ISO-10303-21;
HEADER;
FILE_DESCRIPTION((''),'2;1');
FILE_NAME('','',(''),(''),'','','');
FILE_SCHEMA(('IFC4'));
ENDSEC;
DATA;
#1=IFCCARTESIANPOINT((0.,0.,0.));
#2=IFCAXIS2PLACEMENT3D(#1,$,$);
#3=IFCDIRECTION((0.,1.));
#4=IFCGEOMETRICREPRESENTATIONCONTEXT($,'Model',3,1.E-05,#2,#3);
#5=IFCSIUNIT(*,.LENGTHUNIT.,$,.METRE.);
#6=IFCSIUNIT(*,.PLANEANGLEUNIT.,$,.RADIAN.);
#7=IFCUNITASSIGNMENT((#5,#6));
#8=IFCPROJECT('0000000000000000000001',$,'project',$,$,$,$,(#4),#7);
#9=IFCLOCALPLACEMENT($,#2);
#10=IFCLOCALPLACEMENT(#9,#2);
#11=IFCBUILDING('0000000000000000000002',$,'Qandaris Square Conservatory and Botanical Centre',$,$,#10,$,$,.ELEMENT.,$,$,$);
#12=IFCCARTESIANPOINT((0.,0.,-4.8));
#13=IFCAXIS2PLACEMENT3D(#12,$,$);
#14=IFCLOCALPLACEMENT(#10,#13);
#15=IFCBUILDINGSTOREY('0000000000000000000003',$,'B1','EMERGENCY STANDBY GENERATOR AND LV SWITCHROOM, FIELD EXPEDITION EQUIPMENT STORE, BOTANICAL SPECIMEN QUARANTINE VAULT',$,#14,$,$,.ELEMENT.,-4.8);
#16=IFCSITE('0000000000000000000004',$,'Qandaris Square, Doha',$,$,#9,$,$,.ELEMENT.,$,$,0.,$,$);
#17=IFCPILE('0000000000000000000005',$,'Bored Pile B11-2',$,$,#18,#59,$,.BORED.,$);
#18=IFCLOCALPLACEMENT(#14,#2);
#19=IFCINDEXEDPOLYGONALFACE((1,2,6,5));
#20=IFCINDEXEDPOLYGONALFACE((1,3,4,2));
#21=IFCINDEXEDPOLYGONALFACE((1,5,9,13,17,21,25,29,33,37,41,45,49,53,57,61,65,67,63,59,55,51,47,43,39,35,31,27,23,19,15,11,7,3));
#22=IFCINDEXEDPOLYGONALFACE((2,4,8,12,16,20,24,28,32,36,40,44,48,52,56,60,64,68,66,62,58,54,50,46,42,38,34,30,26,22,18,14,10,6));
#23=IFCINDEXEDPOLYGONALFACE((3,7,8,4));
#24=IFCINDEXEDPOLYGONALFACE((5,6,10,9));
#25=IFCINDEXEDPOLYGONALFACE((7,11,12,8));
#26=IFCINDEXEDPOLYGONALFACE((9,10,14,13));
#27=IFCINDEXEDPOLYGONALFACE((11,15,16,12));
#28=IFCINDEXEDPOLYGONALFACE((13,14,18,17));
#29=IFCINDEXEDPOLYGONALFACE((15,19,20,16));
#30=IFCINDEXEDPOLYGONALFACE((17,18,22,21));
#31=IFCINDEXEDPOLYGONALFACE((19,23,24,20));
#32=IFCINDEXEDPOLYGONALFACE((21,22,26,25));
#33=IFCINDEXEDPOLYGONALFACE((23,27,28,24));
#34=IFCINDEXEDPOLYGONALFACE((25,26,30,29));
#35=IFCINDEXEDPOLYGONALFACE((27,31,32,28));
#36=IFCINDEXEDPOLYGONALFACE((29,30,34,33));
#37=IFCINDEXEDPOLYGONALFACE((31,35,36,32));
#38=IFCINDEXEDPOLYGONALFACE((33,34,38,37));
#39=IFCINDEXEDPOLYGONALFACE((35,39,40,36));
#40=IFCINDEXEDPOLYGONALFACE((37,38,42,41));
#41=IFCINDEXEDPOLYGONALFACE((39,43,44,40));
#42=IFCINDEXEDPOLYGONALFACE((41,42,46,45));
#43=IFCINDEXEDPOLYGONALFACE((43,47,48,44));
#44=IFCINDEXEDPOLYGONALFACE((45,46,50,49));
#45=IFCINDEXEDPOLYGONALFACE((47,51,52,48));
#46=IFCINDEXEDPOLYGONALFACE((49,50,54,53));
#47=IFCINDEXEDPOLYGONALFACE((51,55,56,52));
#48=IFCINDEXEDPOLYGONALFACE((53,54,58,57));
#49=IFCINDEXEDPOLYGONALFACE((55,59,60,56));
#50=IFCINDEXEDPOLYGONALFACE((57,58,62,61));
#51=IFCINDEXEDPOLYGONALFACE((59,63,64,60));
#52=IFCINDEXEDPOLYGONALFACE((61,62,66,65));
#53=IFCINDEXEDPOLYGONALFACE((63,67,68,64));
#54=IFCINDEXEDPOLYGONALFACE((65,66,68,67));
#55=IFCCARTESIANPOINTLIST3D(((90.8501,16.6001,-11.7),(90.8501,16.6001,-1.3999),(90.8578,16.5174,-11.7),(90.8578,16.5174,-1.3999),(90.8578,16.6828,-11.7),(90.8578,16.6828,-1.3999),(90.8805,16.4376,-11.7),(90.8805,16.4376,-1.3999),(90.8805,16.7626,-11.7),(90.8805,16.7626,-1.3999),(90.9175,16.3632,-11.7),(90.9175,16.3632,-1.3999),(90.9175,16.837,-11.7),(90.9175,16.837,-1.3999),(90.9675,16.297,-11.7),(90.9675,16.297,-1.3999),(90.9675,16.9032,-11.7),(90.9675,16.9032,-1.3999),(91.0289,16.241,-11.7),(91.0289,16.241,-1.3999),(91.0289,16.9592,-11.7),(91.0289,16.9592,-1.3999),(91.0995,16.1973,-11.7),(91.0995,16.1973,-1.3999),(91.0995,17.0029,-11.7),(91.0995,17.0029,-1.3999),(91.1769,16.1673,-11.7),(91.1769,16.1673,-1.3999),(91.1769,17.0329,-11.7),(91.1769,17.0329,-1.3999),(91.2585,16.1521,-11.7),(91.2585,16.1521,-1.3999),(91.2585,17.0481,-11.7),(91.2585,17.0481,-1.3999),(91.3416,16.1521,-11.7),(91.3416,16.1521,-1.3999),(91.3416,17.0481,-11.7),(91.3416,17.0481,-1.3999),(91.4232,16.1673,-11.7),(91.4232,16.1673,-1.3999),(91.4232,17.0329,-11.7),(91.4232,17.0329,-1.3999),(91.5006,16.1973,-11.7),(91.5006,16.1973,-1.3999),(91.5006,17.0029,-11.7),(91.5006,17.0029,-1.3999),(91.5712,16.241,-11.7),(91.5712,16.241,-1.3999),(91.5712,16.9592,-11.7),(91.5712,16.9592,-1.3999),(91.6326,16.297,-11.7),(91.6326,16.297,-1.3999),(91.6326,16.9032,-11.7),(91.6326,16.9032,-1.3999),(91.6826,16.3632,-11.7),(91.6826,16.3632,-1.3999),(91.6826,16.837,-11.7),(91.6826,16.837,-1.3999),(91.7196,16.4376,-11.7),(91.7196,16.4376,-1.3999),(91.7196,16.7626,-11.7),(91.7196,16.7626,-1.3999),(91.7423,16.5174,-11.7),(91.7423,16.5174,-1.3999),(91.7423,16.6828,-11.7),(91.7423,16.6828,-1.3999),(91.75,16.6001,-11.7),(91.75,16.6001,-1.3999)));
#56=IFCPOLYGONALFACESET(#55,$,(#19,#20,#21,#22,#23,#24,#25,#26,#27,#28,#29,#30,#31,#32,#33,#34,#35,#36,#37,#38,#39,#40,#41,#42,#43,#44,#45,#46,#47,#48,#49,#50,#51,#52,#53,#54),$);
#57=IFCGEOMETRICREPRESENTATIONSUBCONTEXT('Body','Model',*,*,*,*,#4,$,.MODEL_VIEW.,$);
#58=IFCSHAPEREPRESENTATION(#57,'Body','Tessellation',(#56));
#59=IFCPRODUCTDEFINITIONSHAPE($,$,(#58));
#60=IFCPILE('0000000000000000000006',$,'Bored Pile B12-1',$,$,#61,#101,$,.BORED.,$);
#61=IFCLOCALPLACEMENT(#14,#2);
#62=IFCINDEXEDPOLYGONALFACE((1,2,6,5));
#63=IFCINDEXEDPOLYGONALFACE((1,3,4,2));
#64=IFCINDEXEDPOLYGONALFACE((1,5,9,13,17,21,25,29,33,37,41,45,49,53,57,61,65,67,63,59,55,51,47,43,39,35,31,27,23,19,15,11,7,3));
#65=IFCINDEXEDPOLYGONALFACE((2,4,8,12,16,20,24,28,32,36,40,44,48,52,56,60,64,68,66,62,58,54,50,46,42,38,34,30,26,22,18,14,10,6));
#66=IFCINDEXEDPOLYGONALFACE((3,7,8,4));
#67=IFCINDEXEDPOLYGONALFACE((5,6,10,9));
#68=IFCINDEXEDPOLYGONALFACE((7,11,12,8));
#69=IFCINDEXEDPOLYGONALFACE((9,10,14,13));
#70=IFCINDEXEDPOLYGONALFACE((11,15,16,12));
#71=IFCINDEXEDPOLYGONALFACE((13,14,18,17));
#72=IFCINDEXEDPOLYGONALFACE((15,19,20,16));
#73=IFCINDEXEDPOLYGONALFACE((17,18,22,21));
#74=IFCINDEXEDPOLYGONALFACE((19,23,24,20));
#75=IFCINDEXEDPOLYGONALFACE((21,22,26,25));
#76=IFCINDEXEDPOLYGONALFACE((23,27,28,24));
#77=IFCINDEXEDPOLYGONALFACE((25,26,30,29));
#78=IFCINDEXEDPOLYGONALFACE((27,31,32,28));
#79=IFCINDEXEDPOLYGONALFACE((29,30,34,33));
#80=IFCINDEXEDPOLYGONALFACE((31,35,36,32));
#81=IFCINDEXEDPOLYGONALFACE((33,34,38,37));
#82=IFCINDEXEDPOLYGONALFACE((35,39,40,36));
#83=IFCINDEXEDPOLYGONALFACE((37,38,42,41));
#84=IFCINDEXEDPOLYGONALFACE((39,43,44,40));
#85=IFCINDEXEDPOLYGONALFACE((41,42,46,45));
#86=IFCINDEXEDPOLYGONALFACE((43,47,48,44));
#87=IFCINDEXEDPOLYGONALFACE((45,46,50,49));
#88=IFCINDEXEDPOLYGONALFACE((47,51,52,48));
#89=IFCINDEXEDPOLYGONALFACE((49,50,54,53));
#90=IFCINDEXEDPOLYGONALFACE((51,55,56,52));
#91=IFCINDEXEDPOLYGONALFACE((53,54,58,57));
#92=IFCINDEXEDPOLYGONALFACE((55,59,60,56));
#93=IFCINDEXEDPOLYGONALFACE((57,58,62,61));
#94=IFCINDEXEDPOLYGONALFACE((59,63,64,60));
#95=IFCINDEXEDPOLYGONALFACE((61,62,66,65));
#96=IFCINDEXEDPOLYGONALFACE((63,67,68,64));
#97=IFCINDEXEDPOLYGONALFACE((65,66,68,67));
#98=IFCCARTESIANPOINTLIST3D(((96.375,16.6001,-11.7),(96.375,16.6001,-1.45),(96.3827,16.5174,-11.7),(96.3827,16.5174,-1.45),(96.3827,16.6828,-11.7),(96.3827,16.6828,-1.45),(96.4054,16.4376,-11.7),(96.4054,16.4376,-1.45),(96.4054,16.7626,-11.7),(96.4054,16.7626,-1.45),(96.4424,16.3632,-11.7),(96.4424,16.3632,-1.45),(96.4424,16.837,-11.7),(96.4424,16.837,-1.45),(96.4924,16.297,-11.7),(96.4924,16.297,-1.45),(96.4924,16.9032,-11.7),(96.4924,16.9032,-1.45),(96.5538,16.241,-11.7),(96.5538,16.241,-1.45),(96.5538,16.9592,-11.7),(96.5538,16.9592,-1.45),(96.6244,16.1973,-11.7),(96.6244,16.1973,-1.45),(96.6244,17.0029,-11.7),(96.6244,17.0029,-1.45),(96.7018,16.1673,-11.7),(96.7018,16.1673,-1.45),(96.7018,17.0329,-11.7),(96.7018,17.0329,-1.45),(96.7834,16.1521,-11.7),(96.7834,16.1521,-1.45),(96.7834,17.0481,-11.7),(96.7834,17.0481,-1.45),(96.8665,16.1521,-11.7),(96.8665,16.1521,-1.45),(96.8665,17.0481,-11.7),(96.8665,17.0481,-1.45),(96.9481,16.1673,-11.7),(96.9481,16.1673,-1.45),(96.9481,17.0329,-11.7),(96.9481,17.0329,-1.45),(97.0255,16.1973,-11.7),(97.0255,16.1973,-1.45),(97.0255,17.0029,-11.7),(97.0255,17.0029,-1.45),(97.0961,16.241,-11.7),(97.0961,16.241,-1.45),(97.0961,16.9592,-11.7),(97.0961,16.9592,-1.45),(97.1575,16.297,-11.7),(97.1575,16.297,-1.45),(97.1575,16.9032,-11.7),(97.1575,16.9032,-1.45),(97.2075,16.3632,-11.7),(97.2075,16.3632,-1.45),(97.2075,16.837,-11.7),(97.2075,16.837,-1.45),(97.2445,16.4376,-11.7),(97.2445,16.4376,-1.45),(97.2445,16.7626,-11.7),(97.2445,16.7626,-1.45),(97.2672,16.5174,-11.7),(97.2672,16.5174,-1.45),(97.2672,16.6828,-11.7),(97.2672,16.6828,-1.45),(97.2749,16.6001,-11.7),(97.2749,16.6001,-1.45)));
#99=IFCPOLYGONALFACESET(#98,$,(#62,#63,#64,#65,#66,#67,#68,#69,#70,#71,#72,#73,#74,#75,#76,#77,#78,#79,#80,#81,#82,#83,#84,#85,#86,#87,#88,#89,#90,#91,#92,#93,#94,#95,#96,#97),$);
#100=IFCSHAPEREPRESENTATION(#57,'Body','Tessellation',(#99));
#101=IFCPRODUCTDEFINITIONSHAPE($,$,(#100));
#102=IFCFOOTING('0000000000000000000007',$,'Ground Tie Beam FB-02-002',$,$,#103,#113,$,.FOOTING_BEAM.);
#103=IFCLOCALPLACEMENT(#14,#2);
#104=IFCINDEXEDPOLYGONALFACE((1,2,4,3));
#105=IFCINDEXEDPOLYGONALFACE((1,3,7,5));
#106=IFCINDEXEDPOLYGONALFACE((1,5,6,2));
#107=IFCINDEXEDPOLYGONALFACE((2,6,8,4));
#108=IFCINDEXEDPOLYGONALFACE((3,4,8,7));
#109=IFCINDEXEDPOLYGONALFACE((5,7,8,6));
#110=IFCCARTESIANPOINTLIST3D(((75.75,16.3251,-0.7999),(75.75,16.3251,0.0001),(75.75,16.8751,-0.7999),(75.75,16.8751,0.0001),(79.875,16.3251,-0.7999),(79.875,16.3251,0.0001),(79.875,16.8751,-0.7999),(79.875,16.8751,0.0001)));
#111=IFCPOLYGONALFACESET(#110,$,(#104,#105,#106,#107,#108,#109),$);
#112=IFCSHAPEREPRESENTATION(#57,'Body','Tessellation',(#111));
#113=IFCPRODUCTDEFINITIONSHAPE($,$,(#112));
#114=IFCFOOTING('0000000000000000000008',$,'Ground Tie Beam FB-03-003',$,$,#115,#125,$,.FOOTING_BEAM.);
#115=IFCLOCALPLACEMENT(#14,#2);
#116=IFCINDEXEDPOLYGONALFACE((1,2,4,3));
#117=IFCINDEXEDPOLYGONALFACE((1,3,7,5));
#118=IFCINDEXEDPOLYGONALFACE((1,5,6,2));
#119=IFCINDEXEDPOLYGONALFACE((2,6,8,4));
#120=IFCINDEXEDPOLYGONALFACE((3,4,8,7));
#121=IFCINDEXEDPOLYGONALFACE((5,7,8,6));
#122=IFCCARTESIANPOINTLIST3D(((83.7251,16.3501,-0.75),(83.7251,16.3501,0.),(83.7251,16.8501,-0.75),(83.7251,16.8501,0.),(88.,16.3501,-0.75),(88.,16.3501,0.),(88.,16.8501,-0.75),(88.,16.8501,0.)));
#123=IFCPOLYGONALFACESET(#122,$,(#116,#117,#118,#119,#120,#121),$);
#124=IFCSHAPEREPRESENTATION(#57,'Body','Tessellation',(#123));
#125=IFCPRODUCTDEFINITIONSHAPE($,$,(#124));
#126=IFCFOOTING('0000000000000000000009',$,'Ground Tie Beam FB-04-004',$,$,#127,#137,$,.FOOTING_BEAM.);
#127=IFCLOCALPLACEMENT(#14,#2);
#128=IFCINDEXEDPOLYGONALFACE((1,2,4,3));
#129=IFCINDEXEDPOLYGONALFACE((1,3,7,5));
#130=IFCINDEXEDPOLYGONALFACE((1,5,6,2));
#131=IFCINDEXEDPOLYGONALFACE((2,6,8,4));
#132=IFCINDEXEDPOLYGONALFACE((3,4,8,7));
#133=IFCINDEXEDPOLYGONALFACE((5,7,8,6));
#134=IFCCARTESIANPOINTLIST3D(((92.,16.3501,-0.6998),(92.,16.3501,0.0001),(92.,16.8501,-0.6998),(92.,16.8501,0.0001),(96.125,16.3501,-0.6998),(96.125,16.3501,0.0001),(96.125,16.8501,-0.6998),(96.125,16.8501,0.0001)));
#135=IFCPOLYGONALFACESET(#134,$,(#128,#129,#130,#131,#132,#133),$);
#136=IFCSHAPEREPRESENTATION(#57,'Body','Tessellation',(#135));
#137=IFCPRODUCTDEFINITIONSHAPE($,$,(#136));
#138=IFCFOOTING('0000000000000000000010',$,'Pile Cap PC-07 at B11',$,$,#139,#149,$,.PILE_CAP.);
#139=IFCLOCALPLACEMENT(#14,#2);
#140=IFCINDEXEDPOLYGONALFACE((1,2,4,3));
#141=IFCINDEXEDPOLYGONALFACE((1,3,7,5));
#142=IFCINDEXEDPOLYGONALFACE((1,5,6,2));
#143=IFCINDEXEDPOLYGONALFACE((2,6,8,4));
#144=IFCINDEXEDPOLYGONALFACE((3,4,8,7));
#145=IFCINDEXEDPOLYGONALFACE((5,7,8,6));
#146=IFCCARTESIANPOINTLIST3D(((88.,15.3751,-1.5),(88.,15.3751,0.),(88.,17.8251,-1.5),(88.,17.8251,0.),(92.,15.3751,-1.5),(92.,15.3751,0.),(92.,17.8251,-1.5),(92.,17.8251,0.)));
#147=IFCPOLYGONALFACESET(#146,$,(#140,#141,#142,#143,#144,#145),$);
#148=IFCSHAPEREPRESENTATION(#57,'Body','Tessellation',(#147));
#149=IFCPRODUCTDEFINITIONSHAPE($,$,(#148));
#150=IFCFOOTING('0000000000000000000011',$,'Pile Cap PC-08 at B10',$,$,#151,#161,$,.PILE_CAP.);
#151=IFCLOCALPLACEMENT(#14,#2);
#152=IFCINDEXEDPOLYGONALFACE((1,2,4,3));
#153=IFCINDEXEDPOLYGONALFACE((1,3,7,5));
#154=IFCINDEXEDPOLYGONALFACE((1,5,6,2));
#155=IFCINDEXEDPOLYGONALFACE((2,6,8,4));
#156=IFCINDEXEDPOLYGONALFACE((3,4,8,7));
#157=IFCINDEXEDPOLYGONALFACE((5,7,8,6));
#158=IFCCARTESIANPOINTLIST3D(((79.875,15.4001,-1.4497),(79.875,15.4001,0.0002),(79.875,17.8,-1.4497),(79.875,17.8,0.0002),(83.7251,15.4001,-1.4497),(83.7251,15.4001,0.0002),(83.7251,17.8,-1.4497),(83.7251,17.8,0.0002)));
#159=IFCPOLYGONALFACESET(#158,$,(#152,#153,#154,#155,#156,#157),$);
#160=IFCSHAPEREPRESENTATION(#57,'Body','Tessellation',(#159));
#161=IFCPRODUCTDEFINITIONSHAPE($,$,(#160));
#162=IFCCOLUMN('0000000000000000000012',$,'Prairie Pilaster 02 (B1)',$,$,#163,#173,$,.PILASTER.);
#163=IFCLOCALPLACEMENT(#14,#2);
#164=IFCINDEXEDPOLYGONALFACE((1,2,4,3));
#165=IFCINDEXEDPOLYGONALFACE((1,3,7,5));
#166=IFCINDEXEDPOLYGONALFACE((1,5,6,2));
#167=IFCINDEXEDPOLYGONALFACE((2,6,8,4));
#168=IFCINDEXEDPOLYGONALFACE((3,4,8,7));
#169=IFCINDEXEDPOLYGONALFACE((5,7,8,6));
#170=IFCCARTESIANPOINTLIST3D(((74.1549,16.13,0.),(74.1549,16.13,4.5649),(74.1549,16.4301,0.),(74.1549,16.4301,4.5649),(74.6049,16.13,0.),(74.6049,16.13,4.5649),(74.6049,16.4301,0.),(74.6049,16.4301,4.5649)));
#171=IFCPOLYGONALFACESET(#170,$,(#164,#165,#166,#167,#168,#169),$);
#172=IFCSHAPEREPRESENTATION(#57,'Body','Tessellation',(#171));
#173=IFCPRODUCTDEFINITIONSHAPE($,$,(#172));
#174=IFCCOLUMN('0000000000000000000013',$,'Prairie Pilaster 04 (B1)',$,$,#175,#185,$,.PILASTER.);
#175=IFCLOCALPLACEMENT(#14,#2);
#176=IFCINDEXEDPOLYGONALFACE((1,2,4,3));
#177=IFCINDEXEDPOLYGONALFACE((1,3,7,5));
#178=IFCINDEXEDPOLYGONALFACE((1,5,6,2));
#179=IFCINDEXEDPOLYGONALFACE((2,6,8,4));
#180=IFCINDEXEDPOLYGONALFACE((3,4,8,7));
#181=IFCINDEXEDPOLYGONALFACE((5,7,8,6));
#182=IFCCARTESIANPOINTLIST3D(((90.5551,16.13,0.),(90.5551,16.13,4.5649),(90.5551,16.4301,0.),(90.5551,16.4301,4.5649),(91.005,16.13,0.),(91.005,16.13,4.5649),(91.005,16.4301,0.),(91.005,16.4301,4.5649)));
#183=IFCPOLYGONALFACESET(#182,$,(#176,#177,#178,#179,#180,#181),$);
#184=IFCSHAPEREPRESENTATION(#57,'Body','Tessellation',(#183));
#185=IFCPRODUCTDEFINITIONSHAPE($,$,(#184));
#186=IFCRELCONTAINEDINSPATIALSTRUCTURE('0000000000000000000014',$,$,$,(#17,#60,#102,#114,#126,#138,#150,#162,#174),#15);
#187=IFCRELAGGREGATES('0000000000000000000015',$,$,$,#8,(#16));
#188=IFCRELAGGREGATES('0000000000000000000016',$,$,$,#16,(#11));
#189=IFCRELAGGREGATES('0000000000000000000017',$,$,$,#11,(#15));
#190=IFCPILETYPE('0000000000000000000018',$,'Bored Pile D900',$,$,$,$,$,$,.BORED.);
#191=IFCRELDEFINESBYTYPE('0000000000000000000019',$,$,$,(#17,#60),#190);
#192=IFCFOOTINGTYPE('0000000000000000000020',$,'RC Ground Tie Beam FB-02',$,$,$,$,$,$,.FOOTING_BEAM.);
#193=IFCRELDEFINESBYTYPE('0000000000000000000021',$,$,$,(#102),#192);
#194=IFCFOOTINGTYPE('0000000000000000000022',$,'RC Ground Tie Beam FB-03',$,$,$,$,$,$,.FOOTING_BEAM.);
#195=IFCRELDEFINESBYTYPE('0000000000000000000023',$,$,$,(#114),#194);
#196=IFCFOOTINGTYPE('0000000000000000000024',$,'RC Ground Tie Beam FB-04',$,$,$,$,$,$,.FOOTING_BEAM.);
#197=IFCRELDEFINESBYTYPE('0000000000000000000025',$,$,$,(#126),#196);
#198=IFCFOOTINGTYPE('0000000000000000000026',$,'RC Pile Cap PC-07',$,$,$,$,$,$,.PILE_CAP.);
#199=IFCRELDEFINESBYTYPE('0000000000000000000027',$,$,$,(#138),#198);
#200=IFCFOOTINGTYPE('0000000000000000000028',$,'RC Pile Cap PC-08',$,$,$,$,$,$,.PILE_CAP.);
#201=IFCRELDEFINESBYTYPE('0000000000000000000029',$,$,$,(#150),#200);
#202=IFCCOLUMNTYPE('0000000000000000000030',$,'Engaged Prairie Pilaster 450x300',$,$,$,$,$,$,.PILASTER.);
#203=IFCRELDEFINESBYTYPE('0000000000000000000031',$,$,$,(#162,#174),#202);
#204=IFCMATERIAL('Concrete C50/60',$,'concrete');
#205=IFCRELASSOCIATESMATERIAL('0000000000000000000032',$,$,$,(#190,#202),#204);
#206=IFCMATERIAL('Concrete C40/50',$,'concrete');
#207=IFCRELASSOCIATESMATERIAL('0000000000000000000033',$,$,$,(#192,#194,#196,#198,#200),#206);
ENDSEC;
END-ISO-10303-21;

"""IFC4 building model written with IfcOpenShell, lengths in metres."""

from ifc_helpers import new_model, si_unit, direction, frame, origin, origin_2d, place, context, subcontext, project, spatial, rectangle, circle, extrude, material, material_profile, profile_set, type_object, element, save


model = new_model("IFC4")

# Units and contexts
model_context = context("Model", 3, precision=1e-05, world=origin(), true_north=direction((0.0, 1.0)))
body_context = subcontext(model_context, "Body", "Model", "MODEL_VIEW")
ifc_project = project(units=[si_unit("LENGTHUNIT", "METRE"), si_unit("PLANEANGLEUNIT", "RADIAN")], contexts=[model_context])

# Site, building, storey
site_placement = place(None, origin())
site = spatial("IfcSite", under=ifc_project, at=site_placement, Name="Qandaris Square, Doha", CompositionType="ELEMENT", RefElevation=0.0)
building_placement = place(site_placement, origin())
building = spatial("IfcBuilding", under=site, at=building_placement, Name="Qandaris Square Conservatory and Botanical Centre", CompositionType="ELEMENT")
storey_placement = place(building_placement, frame((0.0, 0.0, -4.8)))
storey = spatial("IfcBuildingStorey", under=building, at=storey_placement, Name="B1", Description="EMERGENCY STANDBY GENERATOR AND LV SWITCHROOM, FIELD EXPEDITION EQUIPMENT STORE, BOTANICAL SPECIMEN QUARANTINE VAULT", CompositionType="ELEMENT", Elevation=-4.8)

# Piles
ifc_material_1 = material(Name="Concrete C50/60", Category="concrete")
ifc_material_profile_1 = material_profile(ifc_material_1, circle(Radius=0.45, at=origin_2d()), Name="PILE D900")
ifc_profile_set_1 = profile_set([ifc_material_profile_1], Name="Concrete C50/60")
pile_type = type_object("IfcPileType", Name="Bored Pile D900", PredefinedType="BORED", material=ifc_profile_set_1)
for number, where, z_axis, x_axis, name in (
    (1, (91.3, 16.6001, -1.3999), (0.0, 0.0, -1.0), (1.0, 0.0, 0.0), "Bored Pile B11-2"),
):
    element("IfcPile", number, at=place(storey_placement, frame(where, z_axis=z_axis, x_axis=x_axis)), inside=storey, type_object=pile_type, Name=name, PredefinedType="BORED", context=body_context, shape_type="SweptSolid", body=[
        extrude(circle(Radius=0.45, at=origin_2d()), origin(), (0.0, 0.0, 1.0), 10.3),
    ])
pile_1_placement = place(storey_placement, frame((96.825, 16.6001, -1.45), z_axis=(0.0, 0.0, -1.0), x_axis=(1.0, 0.0, 0.0)))
element("IfcPile", 2, at=pile_1_placement, inside=storey, type_object=pile_type, Name="Bored Pile B12-1", PredefinedType="BORED", context=body_context, shape_type="SweptSolid", body=[
    extrude(circle(Radius=0.45, at=origin_2d()), origin(), (0.0, 0.0, 1.0), 10.25),
])

# Footings
ifc_material_2 = material(Name="Concrete C40/50", Category="concrete")
ifc_material_profile_2 = material_profile(ifc_material_2, rectangle(XDim=0.55, YDim=0.8, at=origin_2d()), Name="FB 550x800")
ifc_profile_set_2 = profile_set([ifc_material_profile_2], Name="Concrete C40/50")
footing_type_1 = type_object("IfcFootingType", Name="RC Ground Tie Beam FB-02", PredefinedType="FOOTING_BEAM", material=ifc_profile_set_2)
footing_1_placement = place(storey_placement, frame((75.75, 16.6001, -0.3999), z_axis=(1.0, 0.0, 0.0), x_axis=(0.0, 1.0, 0.0)))
element("IfcFooting", 3, at=footing_1_placement, inside=storey, type_object=footing_type_1, Name="Ground Tie Beam FB-02-002", PredefinedType="FOOTING_BEAM", context=body_context, shape_type="SweptSolid", body=[
    extrude(rectangle(XDim=0.55, YDim=0.8, at=origin_2d()), origin(), (0.0, 0.0, 1.0), 4.125),
])
ifc_material_profile_3 = material_profile(ifc_material_2, rectangle(XDim=0.5, YDim=0.75, at=origin_2d()), Name="FB 500x750")
ifc_profile_set_3 = profile_set([ifc_material_profile_3], Name="Concrete C40/50")
footing_type_2 = type_object("IfcFootingType", Name="RC Ground Tie Beam FB-03", PredefinedType="FOOTING_BEAM", material=ifc_profile_set_3)
footing_2_placement = place(storey_placement, frame((83.7251, 16.6001, -0.375), z_axis=(1.0, 0.0, 0.0), x_axis=(0.0, 1.0, 0.0)))
element("IfcFooting", 4, at=footing_2_placement, inside=storey, type_object=footing_type_2, Name="Ground Tie Beam FB-03-003", PredefinedType="FOOTING_BEAM", context=body_context, shape_type="SweptSolid", body=[
    extrude(rectangle(XDim=0.5, YDim=0.75, at=origin_2d()), origin(), (0.0, 0.0, 1.0), 4.2749),
])
ifc_material_profile_4 = material_profile(ifc_material_2, rectangle(XDim=0.5, YDim=0.7, at=origin_2d()), Name="FB 500x700")
ifc_profile_set_4 = profile_set([ifc_material_profile_4], Name="Concrete C40/50")
footing_type_3 = type_object("IfcFootingType", Name="RC Ground Tie Beam FB-04", PredefinedType="FOOTING_BEAM", material=ifc_profile_set_4)
footing_3_placement = place(storey_placement, frame((92.0, 16.6001, -0.3499), z_axis=(1.0, 0.0, 0.0), x_axis=(0.0, 1.0, 0.0)))
element("IfcFooting", 5, at=footing_3_placement, inside=storey, type_object=footing_type_3, Name="Ground Tie Beam FB-04-004", PredefinedType="FOOTING_BEAM", context=body_context, shape_type="SweptSolid", body=[
    extrude(rectangle(XDim=0.5, YDim=0.7, at=origin_2d()), origin(), (0.0, 0.0, 1.0), 4.125),
])
footing_type_4 = type_object("IfcFootingType", Name="RC Pile Cap PC-07", PredefinedType="PILE_CAP", material=ifc_material_2)
footing_4_placement = place(storey_placement, frame((90.0, 16.6001, -1.5), z_axis=(0.0, 0.0, 1.0), x_axis=(1.0, 0.0, 0.0)))
element("IfcFooting", 6, at=footing_4_placement, inside=storey, type_object=footing_type_4, Name="Pile Cap PC-07 at B11", PredefinedType="PILE_CAP", context=body_context, shape_type="SweptSolid", body=[
    extrude(rectangle(XDim=4.0, YDim=2.45, at=origin_2d()), origin(), (0.0, 0.0, 1.0), 1.5),
])
footing_type_5 = type_object("IfcFootingType", Name="RC Pile Cap PC-08", PredefinedType="PILE_CAP", material=ifc_material_2)
footing_5_placement = place(storey_placement, frame((81.8, 16.6001, -1.4497), z_axis=(0.0, 0.0, 1.0), x_axis=(1.0, 0.0, 0.0)))
element("IfcFooting", 7, at=footing_5_placement, inside=storey, type_object=footing_type_5, Name="Pile Cap PC-08 at B10", PredefinedType="PILE_CAP", context=body_context, shape_type="SweptSolid", body=[
    extrude(rectangle(XDim=3.8501, YDim=2.3999, at=origin_2d()), origin(), (0.0, 0.0, 1.0), 1.45),
])

# Columns
ifc_material_profile_5 = material_profile(ifc_material_1, rectangle(XDim=0.45, YDim=0.3, at=origin_2d()), Name="RC-PIL 450x300")
ifc_profile_set_5 = profile_set([ifc_material_profile_5], Name="Concrete C50/60")
column_type_1 = type_object("IfcColumnType", Name="Engaged Prairie Pilaster 450x300", PredefinedType="PILASTER", material=ifc_profile_set_5)
for number, where, z_axis, x_axis, name in (
    (8, (74.3799, 16.28, 0.0), (0.0, 0.0, 1.0), (1.0, 0.0, 0.0), "Prairie Pilaster 02 (B1)"),
    (9, (90.78, 16.28, 0.0), (0.0, 0.0, 1.0), (1.0, 0.0, 0.0), "Prairie Pilaster 04 (B1)"),
):
    element("IfcColumn", number, at=place(storey_placement, frame(where, z_axis=z_axis, x_axis=x_axis)), inside=storey, type_object=column_type_1, Name=name, PredefinedType="PILASTER", context=body_context, shape_type="SweptSolid", body=[
        extrude(rectangle(XDim=0.45, YDim=0.3, at=origin_2d()), origin(), (0.0, 0.0, 1.0), 4.5649),
    ])

save(model, "model.ifc")
